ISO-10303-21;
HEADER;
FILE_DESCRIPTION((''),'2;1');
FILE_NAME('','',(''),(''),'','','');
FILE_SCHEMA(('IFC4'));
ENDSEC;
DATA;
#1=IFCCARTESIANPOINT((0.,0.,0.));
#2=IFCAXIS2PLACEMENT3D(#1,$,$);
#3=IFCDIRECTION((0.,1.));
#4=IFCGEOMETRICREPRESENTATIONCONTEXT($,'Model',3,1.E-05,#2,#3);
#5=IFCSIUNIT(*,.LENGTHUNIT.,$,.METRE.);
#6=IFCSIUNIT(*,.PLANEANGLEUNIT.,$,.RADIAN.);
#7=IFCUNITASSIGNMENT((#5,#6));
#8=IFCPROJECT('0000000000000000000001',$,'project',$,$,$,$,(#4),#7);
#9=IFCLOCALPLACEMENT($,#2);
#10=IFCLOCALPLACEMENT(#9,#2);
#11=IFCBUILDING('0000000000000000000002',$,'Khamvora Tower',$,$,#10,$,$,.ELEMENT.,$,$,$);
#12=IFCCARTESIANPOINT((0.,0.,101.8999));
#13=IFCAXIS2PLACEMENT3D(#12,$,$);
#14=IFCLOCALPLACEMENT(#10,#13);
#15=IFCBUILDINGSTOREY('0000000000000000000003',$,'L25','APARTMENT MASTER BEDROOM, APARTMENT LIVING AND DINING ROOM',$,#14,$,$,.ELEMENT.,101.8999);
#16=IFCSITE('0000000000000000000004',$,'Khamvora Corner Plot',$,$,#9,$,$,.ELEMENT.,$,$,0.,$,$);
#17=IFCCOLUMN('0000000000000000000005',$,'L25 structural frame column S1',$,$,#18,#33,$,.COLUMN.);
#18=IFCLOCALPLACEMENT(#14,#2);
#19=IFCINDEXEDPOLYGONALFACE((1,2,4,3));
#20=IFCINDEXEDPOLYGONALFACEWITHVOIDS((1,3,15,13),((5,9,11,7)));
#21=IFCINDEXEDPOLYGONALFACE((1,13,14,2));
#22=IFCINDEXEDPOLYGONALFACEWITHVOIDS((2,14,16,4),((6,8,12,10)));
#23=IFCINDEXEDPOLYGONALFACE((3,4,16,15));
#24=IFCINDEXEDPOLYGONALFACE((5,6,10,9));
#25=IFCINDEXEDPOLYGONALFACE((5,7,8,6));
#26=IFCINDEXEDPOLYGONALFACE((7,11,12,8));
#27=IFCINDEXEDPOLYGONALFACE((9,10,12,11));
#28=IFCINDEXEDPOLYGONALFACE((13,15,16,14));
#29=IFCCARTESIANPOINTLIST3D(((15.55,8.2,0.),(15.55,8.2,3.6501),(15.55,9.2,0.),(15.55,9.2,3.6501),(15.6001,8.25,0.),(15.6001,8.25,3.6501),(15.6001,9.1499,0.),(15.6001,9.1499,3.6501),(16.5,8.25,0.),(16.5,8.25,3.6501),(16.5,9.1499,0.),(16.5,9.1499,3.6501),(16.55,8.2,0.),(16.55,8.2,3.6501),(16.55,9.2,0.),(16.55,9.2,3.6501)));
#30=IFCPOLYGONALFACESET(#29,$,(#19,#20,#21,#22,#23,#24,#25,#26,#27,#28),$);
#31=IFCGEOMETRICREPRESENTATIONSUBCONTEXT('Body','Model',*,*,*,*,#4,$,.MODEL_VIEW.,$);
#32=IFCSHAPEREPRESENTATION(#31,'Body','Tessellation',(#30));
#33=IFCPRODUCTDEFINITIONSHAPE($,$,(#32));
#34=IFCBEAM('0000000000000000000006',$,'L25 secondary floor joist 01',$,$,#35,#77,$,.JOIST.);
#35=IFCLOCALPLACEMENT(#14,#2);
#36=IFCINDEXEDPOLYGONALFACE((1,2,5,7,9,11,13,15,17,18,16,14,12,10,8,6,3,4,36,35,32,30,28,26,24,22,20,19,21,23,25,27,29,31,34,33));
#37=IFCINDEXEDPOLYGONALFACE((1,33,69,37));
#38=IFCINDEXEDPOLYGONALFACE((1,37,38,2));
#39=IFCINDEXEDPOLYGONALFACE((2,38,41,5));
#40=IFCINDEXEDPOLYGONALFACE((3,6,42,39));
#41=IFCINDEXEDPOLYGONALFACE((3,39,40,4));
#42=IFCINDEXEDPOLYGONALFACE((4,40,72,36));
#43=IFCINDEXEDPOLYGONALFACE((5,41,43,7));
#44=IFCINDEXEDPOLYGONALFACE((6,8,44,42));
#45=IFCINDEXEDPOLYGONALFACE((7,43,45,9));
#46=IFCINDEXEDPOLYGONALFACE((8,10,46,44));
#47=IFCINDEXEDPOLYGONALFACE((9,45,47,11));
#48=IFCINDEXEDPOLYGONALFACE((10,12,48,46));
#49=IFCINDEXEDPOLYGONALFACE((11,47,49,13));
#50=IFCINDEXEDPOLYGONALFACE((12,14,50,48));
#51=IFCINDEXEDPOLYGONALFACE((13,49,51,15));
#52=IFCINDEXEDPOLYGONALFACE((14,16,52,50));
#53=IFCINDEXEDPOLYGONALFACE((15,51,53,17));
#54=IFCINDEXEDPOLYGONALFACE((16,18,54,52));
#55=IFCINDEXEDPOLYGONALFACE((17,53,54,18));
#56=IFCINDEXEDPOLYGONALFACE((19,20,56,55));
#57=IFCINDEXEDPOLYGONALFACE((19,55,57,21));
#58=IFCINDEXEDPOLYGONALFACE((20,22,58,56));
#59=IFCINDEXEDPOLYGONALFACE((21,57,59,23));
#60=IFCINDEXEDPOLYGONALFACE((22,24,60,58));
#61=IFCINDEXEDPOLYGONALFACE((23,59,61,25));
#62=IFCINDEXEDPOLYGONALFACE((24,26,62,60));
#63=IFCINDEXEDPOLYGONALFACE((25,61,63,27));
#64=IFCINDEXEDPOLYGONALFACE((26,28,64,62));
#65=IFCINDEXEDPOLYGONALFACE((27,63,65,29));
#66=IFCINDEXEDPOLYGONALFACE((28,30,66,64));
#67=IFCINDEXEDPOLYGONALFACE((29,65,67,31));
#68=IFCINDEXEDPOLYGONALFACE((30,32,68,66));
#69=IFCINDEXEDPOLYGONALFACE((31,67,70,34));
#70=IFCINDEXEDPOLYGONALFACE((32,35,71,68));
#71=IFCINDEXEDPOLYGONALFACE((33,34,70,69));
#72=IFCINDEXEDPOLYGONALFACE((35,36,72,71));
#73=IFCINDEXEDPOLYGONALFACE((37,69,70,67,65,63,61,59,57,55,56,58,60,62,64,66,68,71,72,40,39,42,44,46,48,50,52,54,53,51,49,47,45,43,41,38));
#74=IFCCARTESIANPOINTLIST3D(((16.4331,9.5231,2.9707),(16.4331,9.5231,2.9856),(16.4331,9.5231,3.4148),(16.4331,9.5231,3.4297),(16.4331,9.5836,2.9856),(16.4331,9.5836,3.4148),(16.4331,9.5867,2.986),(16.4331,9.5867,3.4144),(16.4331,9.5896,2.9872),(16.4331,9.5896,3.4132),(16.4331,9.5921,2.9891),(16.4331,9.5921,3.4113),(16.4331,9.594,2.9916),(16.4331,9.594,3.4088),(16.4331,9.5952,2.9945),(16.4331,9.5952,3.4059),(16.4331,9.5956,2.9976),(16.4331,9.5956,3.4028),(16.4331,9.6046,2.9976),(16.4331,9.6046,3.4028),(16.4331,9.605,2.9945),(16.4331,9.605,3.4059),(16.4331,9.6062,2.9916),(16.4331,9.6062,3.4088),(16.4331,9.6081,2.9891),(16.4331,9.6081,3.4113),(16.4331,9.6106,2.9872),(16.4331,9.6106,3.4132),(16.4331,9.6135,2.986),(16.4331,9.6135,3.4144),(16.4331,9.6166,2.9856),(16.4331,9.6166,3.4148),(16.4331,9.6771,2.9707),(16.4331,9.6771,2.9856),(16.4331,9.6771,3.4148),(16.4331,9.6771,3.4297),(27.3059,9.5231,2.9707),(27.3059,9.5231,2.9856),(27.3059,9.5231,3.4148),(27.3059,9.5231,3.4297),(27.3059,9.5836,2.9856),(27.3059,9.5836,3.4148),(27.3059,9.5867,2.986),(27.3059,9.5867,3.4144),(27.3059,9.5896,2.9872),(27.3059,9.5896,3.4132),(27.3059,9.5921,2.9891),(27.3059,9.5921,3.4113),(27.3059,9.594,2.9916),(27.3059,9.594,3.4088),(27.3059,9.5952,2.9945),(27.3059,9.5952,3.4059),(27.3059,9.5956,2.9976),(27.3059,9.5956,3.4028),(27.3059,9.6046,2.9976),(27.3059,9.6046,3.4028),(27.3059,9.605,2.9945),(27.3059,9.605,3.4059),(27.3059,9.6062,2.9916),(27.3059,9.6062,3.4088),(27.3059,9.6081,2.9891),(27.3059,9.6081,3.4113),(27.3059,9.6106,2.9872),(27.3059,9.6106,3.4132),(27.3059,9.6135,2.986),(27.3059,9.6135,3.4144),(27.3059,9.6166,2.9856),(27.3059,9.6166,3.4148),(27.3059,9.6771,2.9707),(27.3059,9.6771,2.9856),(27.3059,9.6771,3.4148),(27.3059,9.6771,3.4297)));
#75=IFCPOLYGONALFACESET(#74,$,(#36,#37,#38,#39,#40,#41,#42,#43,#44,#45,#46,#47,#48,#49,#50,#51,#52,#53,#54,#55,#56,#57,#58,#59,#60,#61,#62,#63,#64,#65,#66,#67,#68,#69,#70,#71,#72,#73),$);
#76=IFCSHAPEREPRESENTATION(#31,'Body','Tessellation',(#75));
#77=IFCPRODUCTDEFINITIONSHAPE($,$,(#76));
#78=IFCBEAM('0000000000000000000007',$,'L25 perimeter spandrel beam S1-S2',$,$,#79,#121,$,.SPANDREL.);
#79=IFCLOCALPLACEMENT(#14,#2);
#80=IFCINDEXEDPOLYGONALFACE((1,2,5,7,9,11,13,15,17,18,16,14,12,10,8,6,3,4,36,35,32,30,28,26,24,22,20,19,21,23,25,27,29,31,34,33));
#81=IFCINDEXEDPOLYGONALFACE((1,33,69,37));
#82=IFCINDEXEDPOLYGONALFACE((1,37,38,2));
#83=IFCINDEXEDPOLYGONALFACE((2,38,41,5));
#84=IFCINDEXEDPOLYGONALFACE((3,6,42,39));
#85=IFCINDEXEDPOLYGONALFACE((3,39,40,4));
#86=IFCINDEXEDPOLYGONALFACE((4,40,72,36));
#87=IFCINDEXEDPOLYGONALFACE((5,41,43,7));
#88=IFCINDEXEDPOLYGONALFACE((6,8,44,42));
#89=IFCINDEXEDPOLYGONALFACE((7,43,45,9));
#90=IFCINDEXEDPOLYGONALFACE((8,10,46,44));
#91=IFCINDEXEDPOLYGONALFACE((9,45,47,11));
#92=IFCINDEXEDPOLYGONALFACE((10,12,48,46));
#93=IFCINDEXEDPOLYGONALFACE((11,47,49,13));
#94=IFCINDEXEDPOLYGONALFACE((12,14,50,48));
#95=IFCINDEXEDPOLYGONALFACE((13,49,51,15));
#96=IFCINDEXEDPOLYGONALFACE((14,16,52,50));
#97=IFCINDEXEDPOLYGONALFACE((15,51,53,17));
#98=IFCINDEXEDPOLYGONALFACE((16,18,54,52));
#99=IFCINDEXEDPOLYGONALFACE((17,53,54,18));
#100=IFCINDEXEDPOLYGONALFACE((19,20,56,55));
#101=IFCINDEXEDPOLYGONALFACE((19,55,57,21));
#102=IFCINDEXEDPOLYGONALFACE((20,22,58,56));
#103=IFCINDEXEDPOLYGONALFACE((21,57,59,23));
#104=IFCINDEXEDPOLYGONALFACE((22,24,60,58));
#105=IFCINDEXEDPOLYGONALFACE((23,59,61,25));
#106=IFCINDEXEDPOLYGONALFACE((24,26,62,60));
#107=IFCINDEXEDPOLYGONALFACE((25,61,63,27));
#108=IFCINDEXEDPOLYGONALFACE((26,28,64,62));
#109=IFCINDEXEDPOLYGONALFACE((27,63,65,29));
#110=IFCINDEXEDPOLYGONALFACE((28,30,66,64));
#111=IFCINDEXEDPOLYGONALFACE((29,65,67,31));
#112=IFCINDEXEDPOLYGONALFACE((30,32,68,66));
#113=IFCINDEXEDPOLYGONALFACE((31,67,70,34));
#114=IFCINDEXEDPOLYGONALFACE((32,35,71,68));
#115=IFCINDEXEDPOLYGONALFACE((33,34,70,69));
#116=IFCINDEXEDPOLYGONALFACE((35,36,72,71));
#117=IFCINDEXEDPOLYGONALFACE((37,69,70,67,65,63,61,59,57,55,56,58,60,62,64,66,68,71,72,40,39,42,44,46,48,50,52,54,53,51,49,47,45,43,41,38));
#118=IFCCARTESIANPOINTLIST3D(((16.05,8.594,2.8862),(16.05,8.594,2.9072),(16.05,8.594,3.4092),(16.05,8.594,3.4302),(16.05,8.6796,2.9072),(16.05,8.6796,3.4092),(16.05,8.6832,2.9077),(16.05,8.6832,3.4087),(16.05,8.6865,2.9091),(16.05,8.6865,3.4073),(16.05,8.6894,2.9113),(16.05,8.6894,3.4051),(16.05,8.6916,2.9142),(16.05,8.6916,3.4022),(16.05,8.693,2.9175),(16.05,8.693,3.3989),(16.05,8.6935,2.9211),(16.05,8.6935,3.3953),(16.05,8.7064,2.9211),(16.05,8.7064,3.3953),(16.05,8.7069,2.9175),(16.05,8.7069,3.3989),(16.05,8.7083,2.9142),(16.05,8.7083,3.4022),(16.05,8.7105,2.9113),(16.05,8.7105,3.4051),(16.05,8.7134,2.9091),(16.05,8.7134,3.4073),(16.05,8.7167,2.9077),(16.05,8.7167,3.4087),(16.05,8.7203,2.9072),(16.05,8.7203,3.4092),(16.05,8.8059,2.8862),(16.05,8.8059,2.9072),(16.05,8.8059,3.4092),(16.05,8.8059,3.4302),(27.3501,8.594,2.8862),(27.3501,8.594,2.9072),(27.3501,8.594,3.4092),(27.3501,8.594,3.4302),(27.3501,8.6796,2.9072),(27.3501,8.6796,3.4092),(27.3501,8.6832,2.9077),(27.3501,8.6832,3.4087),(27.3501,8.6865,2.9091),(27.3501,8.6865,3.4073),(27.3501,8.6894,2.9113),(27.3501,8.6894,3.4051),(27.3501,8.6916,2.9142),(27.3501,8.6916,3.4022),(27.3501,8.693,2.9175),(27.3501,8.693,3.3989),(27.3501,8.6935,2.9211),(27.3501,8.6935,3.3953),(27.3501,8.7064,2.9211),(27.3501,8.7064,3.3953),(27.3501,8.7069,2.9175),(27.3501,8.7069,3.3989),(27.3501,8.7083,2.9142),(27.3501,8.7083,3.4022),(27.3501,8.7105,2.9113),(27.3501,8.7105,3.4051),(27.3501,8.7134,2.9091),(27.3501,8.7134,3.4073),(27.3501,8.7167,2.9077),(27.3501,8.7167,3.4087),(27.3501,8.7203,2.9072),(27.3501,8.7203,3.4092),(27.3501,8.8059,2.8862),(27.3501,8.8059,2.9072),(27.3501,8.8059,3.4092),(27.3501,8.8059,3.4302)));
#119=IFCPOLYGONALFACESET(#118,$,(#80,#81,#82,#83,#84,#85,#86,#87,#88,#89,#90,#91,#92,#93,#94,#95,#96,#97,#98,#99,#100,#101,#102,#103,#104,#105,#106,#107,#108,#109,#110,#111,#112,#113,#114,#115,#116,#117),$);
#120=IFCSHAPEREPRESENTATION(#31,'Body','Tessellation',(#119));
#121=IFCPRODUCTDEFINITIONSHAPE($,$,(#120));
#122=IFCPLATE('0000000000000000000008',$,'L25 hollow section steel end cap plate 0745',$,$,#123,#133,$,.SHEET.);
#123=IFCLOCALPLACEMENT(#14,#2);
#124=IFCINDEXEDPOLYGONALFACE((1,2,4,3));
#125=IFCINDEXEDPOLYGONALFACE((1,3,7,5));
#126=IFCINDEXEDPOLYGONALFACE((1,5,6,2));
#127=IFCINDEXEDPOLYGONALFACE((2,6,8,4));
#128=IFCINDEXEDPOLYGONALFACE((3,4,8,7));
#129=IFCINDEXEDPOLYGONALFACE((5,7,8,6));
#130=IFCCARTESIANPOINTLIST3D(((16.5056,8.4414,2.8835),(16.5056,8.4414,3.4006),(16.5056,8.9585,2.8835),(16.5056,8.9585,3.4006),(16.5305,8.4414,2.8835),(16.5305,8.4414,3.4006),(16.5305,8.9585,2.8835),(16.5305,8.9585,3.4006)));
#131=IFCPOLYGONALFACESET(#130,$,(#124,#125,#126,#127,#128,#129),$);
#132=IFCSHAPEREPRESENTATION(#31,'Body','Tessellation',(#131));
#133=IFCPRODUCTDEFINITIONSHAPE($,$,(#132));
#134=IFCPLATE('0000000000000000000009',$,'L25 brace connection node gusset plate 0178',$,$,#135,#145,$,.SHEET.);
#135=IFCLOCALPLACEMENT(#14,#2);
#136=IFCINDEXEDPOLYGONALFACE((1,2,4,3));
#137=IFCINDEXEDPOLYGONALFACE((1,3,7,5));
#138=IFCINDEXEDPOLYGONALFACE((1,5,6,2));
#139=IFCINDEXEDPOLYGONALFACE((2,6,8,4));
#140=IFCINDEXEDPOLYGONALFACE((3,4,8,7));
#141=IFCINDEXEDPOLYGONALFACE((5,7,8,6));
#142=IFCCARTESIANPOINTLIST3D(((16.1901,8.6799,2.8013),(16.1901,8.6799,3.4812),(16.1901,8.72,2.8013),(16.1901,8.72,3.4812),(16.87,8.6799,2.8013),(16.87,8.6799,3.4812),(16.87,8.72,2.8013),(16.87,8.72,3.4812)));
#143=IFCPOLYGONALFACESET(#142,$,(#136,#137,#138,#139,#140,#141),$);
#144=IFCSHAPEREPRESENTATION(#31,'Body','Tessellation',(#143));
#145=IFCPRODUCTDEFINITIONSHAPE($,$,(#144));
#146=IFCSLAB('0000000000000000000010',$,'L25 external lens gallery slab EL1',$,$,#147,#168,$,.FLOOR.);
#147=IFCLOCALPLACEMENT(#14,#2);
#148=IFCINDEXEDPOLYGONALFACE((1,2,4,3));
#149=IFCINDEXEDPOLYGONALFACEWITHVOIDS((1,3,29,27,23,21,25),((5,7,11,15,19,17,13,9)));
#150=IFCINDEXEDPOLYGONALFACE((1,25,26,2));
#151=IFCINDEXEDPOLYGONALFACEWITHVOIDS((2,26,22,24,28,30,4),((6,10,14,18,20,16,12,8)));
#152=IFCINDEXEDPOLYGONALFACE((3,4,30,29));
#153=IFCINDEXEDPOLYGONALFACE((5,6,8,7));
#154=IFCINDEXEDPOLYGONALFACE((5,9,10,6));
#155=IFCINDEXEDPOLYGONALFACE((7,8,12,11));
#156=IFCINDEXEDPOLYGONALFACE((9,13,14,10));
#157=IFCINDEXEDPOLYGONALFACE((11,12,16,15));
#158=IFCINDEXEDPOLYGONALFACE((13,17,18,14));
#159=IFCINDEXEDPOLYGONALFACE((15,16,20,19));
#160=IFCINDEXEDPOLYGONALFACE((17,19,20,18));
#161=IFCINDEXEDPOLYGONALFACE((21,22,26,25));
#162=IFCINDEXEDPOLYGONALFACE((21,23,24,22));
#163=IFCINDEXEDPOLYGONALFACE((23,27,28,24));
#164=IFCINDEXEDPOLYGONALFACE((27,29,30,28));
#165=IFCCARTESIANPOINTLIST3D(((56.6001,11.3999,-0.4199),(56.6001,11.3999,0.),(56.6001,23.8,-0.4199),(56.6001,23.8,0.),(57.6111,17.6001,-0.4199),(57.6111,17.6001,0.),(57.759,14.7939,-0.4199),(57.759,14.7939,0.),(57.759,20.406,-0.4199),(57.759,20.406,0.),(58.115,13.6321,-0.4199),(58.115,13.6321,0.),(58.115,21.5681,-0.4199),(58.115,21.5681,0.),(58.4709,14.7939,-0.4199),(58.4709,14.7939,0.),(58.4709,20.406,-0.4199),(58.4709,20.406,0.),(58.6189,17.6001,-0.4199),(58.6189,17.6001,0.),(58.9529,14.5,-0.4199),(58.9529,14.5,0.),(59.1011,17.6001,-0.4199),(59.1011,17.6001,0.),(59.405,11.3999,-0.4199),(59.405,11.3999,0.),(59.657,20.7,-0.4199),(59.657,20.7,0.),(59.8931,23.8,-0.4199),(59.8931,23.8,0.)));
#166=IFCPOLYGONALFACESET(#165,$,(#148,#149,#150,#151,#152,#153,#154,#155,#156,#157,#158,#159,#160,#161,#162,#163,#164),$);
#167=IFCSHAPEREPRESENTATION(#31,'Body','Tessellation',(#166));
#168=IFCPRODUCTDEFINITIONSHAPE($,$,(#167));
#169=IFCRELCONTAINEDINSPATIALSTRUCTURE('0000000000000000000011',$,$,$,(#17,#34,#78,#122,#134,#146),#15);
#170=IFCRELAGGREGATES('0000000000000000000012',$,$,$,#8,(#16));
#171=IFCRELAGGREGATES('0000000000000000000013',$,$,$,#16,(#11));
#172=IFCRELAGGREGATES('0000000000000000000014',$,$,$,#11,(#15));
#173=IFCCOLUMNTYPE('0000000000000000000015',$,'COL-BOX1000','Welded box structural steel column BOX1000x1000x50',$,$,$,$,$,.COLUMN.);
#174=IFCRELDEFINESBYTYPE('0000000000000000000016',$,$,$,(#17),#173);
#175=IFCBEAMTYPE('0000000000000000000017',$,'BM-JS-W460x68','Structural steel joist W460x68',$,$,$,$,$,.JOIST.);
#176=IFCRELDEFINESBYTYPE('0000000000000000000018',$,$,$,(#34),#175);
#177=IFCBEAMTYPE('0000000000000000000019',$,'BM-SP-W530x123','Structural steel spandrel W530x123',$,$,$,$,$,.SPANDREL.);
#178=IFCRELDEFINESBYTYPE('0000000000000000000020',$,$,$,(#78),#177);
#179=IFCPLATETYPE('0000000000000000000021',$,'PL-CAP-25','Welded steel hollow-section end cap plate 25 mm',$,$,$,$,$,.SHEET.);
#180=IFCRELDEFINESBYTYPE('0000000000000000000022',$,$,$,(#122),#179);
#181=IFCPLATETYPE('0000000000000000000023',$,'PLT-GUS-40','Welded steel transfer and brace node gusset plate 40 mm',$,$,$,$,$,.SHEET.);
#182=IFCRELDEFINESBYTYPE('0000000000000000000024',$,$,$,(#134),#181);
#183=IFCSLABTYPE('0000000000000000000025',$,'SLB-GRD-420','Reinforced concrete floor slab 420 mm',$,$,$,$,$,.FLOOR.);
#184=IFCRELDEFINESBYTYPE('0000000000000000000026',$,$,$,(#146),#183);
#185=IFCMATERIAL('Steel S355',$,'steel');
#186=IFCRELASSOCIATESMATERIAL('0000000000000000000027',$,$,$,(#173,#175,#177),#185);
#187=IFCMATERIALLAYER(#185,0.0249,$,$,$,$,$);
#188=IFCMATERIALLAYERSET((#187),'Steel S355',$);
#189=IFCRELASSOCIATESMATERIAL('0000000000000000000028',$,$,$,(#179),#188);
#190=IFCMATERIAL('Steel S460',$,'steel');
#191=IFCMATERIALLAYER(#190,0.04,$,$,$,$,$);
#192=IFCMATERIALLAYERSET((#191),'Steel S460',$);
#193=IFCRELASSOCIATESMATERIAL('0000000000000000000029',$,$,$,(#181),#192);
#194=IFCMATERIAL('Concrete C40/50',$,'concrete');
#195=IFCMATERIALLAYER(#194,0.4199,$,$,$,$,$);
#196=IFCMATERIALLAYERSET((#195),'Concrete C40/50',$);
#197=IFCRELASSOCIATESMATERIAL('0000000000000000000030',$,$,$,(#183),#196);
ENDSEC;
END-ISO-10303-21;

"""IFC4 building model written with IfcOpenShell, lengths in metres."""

from ifc_helpers import new_model, si_unit, direction, frame, origin, origin_2d, place, context, subcontext, project, spatial, polyline, rectangle, hollow_rectangle, i_section, outline, extrude, material, layer, layer_set, material_profile, profile_set, type_object, element, save


model = new_model("IFC4")

# Units and contexts
model_context = context("Model", 3, precision=1e-05, world=origin(), true_north=direction((0.0, 1.0)))
body_context = subcontext(model_context, "Body", "Model", "MODEL_VIEW")
ifc_project = project(units=[si_unit("LENGTHUNIT", "METRE"), si_unit("PLANEANGLEUNIT", "RADIAN")], contexts=[model_context])

# Site, building, storey
site_placement = place(None, origin())
site = spatial("IfcSite", under=ifc_project, at=site_placement, Name="Khamvora Corner Plot", CompositionType="ELEMENT", RefElevation=0.0)
building_placement = place(site_placement, origin())
building = spatial("IfcBuilding", under=site, at=building_placement, Name="Khamvora Tower", CompositionType="ELEMENT")
storey_placement = place(building_placement, frame((0.0, 0.0, 101.8999)))
storey = spatial("IfcBuildingStorey", under=building, at=storey_placement, Name="L25", Description="APARTMENT MASTER BEDROOM, APARTMENT LIVING AND DINING ROOM", CompositionType="ELEMENT", Elevation=101.8999)

# Column
ifc_material_1 = material(Name="Steel S355", Category="steel")
ifc_material_profile_1 = material_profile(ifc_material_1, hollow_rectangle(XDim=1.0, YDim=1.0, WallThickness=0.05, at=origin_2d()), Name="BOX1000x1000x50")
ifc_profile_set_1 = profile_set([ifc_material_profile_1], Name="Steel S355")
column_type = type_object("IfcColumnType", Name="COL-BOX1000", Description="Welded box structural steel column BOX1000x1000x50", PredefinedType="COLUMN", material=ifc_profile_set_1)
column_placement = place(storey_placement, frame((16.05, 8.7, 0.0), z_axis=(0.0, 0.0, 1.0), x_axis=(1.0, 0.0, 0.0)))
element("IfcColumn", 1, at=column_placement, inside=storey, type_object=column_type, Name="L25 structural frame column S1", PredefinedType="COLUMN", context=body_context, shape_type="SweptSolid", body=[
    extrude(hollow_rectangle(XDim=1.0, YDim=1.0, WallThickness=0.05, at=origin_2d()), origin(), (0.0, 0.0, 1.0), 3.6501),
])

# Beams
ifc_material_profile_2 = material_profile(ifc_material_1, i_section(OverallWidth=0.1541, OverallDepth=0.459, WebThickness=0.009, FlangeThickness=0.0149, FilletRadius=0.012, at=origin_2d()), Name="W460x68")
ifc_profile_set_2 = profile_set([ifc_material_profile_2], Name="Steel S355")
beam_type_1 = type_object("IfcBeamType", Name="BM-JS-W460x68", Description="Structural steel joist W460x68", PredefinedType="JOIST", material=ifc_profile_set_2)
beam_1_placement = place(storey_placement, frame((16.4331, 9.6001, 3.2002), z_axis=(1.0, 0.0, 0.0), x_axis=(0.0, 1.0, 0.0)))
element("IfcBeam", 2, at=beam_1_placement, inside=storey, type_object=beam_type_1, Name="L25 secondary floor joist 01", PredefinedType="JOIST", context=body_context, shape_type="SweptSolid", body=[
    extrude(i_section(OverallWidth=0.1541, OverallDepth=0.459, WebThickness=0.009, FlangeThickness=0.0149, FilletRadius=0.012, at=origin_2d()), origin(), (0.0, 0.0, 1.0), 10.8728),
])
ifc_material_profile_3 = material_profile(ifc_material_1, i_section(OverallWidth=0.2119, OverallDepth=0.5439, WebThickness=0.0129, FlangeThickness=0.021, FilletRadius=0.0139, at=origin_2d()), Name="W530x123")
ifc_profile_set_3 = profile_set([ifc_material_profile_3], Name="Steel S355")
beam_type_2 = type_object("IfcBeamType", Name="BM-SP-W530x123", Description="Structural steel spandrel W530x123", PredefinedType="SPANDREL", material=ifc_profile_set_3)
beam_2_placement = place(storey_placement, frame((16.05, 8.7, 3.1582), z_axis=(1.0, 0.0, 0.0), x_axis=(0.0, 1.0, 0.0)))
element("IfcBeam", 3, at=beam_2_placement, inside=storey, type_object=beam_type_2, Name="L25 perimeter spandrel beam S1-S2", PredefinedType="SPANDREL", context=body_context, shape_type="SweptSolid", body=[
    extrude(i_section(OverallWidth=0.2119, OverallDepth=0.5439, WebThickness=0.0129, FlangeThickness=0.021, FilletRadius=0.0139, at=origin_2d()), origin(), (0.0, 0.0, 1.0), 11.3),
])

# Plates
ifc_layer_1 = layer(ifc_material_1, 0.0249)
ifc_layer_set_1 = layer_set([ifc_layer_1], Name="Steel S355")
plate_type_1 = type_object("IfcPlateType", Name="PL-CAP-25", Description="Welded steel hollow-section end cap plate 25 mm", PredefinedType="SHEET", material=ifc_layer_set_1)
plate_1_placement = place(storey_placement, frame((16.5181, 8.7, 2.8835), z_axis=(0.0, 0.0, 1.0), x_axis=(-1.0, 0.0, 0.0)))
element("IfcPlate", 4, at=plate_1_placement, inside=storey, type_object=plate_type_1, Name="L25 hollow section steel end cap plate 0745", PredefinedType="SHEET", context=body_context, shape_type="SweptSolid", body=[
    extrude(rectangle(XDim=0.0249, YDim=0.5171, at=origin_2d()), origin(), (0.0, 0.0, 1.0), 0.5171),
])
ifc_material_2 = material(Name="Steel S460", Category="steel")
ifc_layer_2 = layer(ifc_material_2, 0.04)
ifc_layer_set_2 = layer_set([ifc_layer_2], Name="Steel S460")
plate_type_2 = type_object("IfcPlateType", Name="PLT-GUS-40", Description="Welded steel transfer and brace node gusset plate 40 mm", PredefinedType="SHEET", material=ifc_layer_set_2)
plate_2_placement = place(storey_placement, frame((16.53, 8.7, 2.8013), z_axis=(0.0, 0.0, 1.0), x_axis=(1.0, 0.0, 0.0)))
element("IfcPlate", 5, at=plate_2_placement, inside=storey, type_object=plate_type_2, Name="L25 brace connection node gusset plate 0178", PredefinedType="SHEET", context=body_context, shape_type="SweptSolid", body=[
    extrude(rectangle(XDim=0.6799, YDim=0.04, at=origin_2d()), origin(), (0.0, 0.0, 1.0), 0.6799),
])

# Slab
ifc_material_3 = material(Name="Concrete C40/50", Category="concrete")
ifc_layer_3 = layer(ifc_material_3, 0.4199)
ifc_layer_set_3 = layer_set([ifc_layer_3], Name="Concrete C40/50")
slab_type_1 = type_object("IfcSlabType", Name="SLB-GRD-420", Description="Reinforced concrete floor slab 420 mm", PredefinedType="FLOOR", material=ifc_layer_set_3)
slab_1_placement = place(storey_placement, frame((0.0, 0.0, -0.4199)))
element("IfcSlab", 6, at=slab_1_placement, inside=storey, type_object=slab_type_1, Name="L25 external lens gallery slab EL1", PredefinedType="FLOOR", context=body_context, shape_type="SweptSolid", body=[
    extrude(outline(polyline([(59.405, 11.3999), (58.9529, 14.5), (59.1011, 17.6001), (59.657, 20.7), (59.8931, 23.8), (56.6001, 23.8), (56.6001, 11.3999), (59.405, 11.3999)]), holes=[polyline([(58.6189, 17.6001), (58.4709, 20.406), (58.115, 21.5681), (57.759, 20.406), (57.6111, 17.6001), (57.759, 14.7939), (58.115, 13.6321), (58.4709, 14.7939), (58.6189, 17.6001)])]), origin(), (0.0, 0.0, 1.0), 0.4199),
])

save(model, "model.ifc")
